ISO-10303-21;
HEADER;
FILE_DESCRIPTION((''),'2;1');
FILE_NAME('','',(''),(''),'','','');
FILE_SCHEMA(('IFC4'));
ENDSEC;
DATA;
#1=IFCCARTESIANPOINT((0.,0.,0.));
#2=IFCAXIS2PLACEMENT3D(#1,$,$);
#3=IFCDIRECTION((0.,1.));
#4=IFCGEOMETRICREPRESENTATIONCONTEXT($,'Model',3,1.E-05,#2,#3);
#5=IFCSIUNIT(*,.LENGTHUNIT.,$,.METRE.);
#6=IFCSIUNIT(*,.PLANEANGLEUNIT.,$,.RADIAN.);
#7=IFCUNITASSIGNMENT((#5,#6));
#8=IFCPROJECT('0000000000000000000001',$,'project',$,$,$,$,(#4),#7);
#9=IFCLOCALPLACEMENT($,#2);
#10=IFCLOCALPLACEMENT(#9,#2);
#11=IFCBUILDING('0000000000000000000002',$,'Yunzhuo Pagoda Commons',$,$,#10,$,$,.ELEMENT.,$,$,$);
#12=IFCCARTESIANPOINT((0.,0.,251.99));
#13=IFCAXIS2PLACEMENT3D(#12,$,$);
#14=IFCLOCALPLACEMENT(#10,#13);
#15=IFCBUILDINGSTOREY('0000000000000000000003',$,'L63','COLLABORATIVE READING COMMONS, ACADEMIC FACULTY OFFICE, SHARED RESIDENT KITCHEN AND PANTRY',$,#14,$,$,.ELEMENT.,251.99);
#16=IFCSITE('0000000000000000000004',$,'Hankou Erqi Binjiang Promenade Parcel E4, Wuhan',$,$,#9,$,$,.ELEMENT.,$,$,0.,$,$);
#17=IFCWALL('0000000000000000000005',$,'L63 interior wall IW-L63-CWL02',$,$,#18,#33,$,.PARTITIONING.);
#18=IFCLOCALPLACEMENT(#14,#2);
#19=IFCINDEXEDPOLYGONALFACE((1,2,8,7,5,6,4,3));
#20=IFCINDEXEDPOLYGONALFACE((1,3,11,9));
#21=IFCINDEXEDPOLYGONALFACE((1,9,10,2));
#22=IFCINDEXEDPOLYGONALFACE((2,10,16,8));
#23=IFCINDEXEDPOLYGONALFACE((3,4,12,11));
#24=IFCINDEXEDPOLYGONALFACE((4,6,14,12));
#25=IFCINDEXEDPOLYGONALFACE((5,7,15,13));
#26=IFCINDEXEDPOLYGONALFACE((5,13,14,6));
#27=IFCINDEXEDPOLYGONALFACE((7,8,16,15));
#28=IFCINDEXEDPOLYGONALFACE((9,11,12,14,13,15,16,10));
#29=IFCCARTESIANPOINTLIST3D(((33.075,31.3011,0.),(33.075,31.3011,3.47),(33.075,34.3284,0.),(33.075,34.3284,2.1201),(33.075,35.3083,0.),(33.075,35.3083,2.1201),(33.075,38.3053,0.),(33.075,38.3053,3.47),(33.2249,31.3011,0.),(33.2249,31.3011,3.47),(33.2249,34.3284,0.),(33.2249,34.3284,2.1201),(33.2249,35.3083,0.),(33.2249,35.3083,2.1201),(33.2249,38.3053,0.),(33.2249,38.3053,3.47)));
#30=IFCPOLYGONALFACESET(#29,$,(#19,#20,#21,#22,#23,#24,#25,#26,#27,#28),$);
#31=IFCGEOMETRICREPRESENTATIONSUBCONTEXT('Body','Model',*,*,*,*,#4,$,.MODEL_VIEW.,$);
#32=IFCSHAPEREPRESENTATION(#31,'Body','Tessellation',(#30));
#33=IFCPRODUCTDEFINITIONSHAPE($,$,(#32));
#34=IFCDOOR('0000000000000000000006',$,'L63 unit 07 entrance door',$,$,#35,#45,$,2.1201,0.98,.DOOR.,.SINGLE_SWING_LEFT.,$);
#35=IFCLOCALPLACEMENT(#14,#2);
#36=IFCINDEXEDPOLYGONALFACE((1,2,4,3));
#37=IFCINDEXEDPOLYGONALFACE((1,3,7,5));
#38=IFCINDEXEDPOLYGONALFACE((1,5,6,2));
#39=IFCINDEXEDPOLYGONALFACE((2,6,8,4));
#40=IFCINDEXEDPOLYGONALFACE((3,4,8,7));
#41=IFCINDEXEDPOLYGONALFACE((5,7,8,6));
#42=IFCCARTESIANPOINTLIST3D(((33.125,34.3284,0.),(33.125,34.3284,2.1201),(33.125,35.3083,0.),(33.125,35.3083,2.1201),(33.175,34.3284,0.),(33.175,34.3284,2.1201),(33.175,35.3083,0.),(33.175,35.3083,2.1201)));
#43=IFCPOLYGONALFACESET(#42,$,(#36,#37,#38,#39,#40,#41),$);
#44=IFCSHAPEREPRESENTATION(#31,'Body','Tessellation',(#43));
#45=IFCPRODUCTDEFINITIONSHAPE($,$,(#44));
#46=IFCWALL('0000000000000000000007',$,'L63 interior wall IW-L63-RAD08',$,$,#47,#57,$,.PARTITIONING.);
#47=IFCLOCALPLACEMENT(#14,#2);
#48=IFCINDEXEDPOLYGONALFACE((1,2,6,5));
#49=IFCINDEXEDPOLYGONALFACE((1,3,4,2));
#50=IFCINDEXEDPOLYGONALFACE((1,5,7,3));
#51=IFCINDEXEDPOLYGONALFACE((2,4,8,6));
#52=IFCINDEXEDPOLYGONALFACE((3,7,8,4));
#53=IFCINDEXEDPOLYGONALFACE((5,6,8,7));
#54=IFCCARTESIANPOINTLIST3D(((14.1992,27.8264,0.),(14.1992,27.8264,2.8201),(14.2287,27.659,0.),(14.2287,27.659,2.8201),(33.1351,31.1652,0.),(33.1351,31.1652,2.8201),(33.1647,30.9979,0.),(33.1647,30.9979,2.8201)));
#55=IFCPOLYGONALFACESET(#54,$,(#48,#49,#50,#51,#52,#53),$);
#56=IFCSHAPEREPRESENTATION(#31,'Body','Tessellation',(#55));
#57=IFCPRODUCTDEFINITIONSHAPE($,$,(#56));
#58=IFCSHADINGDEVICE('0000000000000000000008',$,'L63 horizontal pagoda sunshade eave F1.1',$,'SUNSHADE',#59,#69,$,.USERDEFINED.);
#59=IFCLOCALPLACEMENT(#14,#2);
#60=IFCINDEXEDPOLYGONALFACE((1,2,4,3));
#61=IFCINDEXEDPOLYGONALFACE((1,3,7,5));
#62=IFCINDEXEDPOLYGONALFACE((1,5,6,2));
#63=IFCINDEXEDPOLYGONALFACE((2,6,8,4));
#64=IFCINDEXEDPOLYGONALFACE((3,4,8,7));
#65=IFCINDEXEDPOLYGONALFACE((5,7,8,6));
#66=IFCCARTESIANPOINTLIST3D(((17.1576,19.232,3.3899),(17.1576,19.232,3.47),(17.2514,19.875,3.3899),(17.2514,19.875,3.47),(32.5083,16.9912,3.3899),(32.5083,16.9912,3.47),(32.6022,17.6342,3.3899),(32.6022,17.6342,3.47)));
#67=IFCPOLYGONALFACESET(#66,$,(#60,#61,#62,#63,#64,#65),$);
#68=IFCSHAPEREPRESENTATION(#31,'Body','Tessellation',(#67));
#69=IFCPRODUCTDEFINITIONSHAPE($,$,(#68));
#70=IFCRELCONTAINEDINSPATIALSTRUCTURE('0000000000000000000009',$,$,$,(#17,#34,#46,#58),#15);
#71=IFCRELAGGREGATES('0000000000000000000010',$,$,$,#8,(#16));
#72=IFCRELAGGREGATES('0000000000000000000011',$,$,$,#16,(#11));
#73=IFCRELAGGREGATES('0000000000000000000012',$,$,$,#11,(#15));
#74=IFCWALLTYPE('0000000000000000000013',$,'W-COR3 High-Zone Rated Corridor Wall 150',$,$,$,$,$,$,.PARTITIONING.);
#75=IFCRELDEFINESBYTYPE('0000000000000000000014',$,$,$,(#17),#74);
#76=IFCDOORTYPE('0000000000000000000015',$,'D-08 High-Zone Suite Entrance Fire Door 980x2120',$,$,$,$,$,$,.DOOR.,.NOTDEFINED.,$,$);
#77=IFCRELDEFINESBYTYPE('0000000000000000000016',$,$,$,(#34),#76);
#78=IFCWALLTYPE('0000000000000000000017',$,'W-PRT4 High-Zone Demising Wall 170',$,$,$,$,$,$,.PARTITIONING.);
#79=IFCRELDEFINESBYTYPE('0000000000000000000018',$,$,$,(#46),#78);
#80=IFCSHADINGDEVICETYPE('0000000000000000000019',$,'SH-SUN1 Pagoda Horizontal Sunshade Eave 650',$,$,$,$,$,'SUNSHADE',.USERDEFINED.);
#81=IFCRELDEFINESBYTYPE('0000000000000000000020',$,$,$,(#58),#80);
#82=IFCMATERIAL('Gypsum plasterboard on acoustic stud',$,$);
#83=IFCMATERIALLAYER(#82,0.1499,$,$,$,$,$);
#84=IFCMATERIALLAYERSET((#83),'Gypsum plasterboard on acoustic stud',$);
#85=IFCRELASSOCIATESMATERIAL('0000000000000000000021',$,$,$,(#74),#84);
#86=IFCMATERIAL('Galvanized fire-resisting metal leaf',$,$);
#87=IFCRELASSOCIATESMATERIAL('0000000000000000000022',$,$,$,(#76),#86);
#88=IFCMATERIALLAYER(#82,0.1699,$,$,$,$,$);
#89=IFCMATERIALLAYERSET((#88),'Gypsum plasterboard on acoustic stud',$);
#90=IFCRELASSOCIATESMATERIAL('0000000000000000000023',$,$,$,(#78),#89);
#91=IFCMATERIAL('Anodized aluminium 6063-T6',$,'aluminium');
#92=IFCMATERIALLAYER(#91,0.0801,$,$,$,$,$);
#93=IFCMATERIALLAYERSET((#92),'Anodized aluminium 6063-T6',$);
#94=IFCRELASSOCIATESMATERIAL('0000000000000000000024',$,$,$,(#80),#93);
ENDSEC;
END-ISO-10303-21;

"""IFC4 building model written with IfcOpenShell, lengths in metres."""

from ifc_helpers import new_model, si_unit, direction, frame, frame_2d, origin, origin_with_axes, origin_2d, place, context, subcontext, project, spatial, rectangle, extrude, source, transform, mapped, material, layer, layer_set, type_object, element, fill, save


model = new_model("IFC4")

# Units and contexts
model_context = context("Model", 3, precision=1e-05, world=origin(), true_north=direction((0.0, 1.0)))
body_context = subcontext(model_context, "Body", "Model", "MODEL_VIEW")
ifc_project = project(units=[si_unit("LENGTHUNIT", "METRE"), si_unit("PLANEANGLEUNIT", "RADIAN")], contexts=[model_context])

# Site, building, storey
site_placement = place(None, origin())
site = spatial("IfcSite", under=ifc_project, at=site_placement, Name="Hankou Erqi Binjiang Promenade Parcel E4, Wuhan", CompositionType="ELEMENT", RefElevation=0.0)
building_placement = place(site_placement, origin())
building = spatial("IfcBuilding", under=site, at=building_placement, Name="Yunzhuo Pagoda Commons", CompositionType="ELEMENT")
storey_placement = place(building_placement, frame((0.0, 0.0, 251.99)))
storey = spatial("IfcBuildingStorey", under=building, at=storey_placement, Name="L63", Description="COLLABORATIVE READING COMMONS, ACADEMIC FACULTY OFFICE, SHARED RESIDENT KITCHEN AND PANTRY", CompositionType="ELEMENT", Elevation=251.99)

# Shared definitions
ifc_material_1 = material(Name="Anodized aluminium 6063-T6", Category="aluminium")

# Shared definitions
ifc_material_2 = material(Name="Gypsum plasterboard on acoustic stud")
ifc_layer_1 = layer(ifc_material_2, 0.1499)
ifc_layer_set_1 = layer_set([ifc_layer_1], Name="Gypsum plasterboard on acoustic stud")
wall_type_1 = type_object("IfcWallType", Name="W-COR3 High-Zone Rated Corridor Wall 150", PredefinedType="PARTITIONING", material=ifc_layer_set_1)

# Wall, opening, door
wall_1_placement = place(storey_placement, frame((33.1499, 31.3013, 0.0), z_axis=(0.0, 0.0, 1.0), x_axis=(0.0, 1.0, 0.0)))
wall_1 = element("IfcWall", 1, at=wall_1_placement, inside=storey, type_object=wall_type_1, Name="L63 interior wall IW-L63-CWL02", PredefinedType="PARTITIONING", context=body_context, shape_type="SweptSolid", body=[
    extrude(rectangle(XDim=7.0042, YDim=0.1499, at=frame_2d((3.502, 0.0))), origin(), (0.0, 0.0, 1.0), 3.47),
])
opening_placement = place(wall_1_placement, frame((3.0271, 0.0, 0.0)))
opening = element("IfcOpeningElement", 2, at=opening_placement, cuts=wall_1, PredefinedType="OPENING", context=body_context, shape_type="SweptSolid", body=[
    extrude(rectangle(XDim=0.98, YDim=2.1201, at=frame_2d((0.49, 1.0601))), frame((0.0, 0.085, 0.0), z_axis=(0.0, -1.0, 0.0), x_axis=(1.0, 0.0, 0.0)), (0.0, 0.0, 1.0), 0.1699),
])
ifc_material_3 = material(Name="Galvanized fire-resisting metal leaf")
door_type = type_object("IfcDoorType", Name="D-08 High-Zone Suite Entrance Fire Door 980x2120", OperationType="NOTDEFINED", PredefinedType="DOOR", material=ifc_material_3)
shared_shape_1 = source(origin(), body_context, "Body", "SweptSolid", [
    extrude(rectangle(XDim=0.98, YDim=2.1201, at=frame_2d((0.49, 1.0601))), frame((0.0, 0.0249, 0.0), z_axis=(0.0, -1.0, 0.0), x_axis=(1.0, 0.0, 0.0)), (0.0, 0.0, 1.0), 0.05),
])
door_placement = place(opening_placement, origin_with_axes())
door = element("IfcDoor", 3, at=door_placement, inside=storey, type_object=door_type, Name="L63 unit 07 entrance door", OperationType="SINGLE_SWING_LEFT", OverallHeight=2.1201, OverallWidth=0.98, PredefinedType="DOOR", context=body_context, shape_type="MappedRepresentation", body=[
    mapped(shared_shape_1, transform((0.0, 0.0, 0.0), scale=1.0)),
])
fill(opening, door)

# Wall
ifc_layer_2 = layer(ifc_material_2, 0.1699)
ifc_layer_set_2 = layer_set([ifc_layer_2], Name="Gypsum plasterboard on acoustic stud")
wall_type_2 = type_object("IfcWallType", Name="W-PRT4 High-Zone Demising Wall 170", PredefinedType="PARTITIONING", material=ifc_layer_set_2)
wall_2_placement = place(storey_placement, frame((33.1499, 31.0815, 0.0), z_axis=(0.0, 0.0, 1.0), x_axis=(-0.984808, -0.173645, 0.0)))
element("IfcWall", 4, at=wall_2_placement, inside=storey, type_object=wall_type_2, Name="L63 interior wall IW-L63-RAD08", PredefinedType="PARTITIONING", context=body_context, shape_type="SweptSolid", body=[
    extrude(rectangle(XDim=19.228, YDim=0.1699, at=frame_2d((9.614, 0.0))), origin(), (0.0, 0.0, 1.0), 2.8201),
])

# Shading device
ifc_layer_3 = layer(ifc_material_1, 0.0801)
ifc_layer_set_3 = layer_set([ifc_layer_3], Name="Anodized aluminium 6063-T6")
shading_device_type = type_object("IfcShadingDeviceType", Name="SH-SUN1 Pagoda Horizontal Sunshade Eave 650", ElementType="SUNSHADE", PredefinedType="USERDEFINED", material=ifc_layer_set_3)
shared_shape_2 = source(origin(), body_context, "Body", "SweptSolid", [
    extrude(rectangle(XDim=15.5134, YDim=0.6499, at=origin_2d()), origin(), (0.0, 0.0, 1.0), 0.0801),
])
shading_device_placement = place(storey_placement, frame((24.8799, 18.4331, 3.3899), z_axis=(0.0, 0.0, 1.0), x_axis=(0.989513, -0.144443, 0.0)))
element("IfcShadingDevice", 5, at=shading_device_placement, inside=storey, type_object=shading_device_type, Name="L63 horizontal pagoda sunshade eave F1.1", ObjectType="SUNSHADE", PredefinedType="USERDEFINED", context=body_context, shape_type="MappedRepresentation", body=[
    mapped(shared_shape_2, transform((0.0, 0.0, 0.0), scale=1.0)),
])

save(model, "model.ifc")
